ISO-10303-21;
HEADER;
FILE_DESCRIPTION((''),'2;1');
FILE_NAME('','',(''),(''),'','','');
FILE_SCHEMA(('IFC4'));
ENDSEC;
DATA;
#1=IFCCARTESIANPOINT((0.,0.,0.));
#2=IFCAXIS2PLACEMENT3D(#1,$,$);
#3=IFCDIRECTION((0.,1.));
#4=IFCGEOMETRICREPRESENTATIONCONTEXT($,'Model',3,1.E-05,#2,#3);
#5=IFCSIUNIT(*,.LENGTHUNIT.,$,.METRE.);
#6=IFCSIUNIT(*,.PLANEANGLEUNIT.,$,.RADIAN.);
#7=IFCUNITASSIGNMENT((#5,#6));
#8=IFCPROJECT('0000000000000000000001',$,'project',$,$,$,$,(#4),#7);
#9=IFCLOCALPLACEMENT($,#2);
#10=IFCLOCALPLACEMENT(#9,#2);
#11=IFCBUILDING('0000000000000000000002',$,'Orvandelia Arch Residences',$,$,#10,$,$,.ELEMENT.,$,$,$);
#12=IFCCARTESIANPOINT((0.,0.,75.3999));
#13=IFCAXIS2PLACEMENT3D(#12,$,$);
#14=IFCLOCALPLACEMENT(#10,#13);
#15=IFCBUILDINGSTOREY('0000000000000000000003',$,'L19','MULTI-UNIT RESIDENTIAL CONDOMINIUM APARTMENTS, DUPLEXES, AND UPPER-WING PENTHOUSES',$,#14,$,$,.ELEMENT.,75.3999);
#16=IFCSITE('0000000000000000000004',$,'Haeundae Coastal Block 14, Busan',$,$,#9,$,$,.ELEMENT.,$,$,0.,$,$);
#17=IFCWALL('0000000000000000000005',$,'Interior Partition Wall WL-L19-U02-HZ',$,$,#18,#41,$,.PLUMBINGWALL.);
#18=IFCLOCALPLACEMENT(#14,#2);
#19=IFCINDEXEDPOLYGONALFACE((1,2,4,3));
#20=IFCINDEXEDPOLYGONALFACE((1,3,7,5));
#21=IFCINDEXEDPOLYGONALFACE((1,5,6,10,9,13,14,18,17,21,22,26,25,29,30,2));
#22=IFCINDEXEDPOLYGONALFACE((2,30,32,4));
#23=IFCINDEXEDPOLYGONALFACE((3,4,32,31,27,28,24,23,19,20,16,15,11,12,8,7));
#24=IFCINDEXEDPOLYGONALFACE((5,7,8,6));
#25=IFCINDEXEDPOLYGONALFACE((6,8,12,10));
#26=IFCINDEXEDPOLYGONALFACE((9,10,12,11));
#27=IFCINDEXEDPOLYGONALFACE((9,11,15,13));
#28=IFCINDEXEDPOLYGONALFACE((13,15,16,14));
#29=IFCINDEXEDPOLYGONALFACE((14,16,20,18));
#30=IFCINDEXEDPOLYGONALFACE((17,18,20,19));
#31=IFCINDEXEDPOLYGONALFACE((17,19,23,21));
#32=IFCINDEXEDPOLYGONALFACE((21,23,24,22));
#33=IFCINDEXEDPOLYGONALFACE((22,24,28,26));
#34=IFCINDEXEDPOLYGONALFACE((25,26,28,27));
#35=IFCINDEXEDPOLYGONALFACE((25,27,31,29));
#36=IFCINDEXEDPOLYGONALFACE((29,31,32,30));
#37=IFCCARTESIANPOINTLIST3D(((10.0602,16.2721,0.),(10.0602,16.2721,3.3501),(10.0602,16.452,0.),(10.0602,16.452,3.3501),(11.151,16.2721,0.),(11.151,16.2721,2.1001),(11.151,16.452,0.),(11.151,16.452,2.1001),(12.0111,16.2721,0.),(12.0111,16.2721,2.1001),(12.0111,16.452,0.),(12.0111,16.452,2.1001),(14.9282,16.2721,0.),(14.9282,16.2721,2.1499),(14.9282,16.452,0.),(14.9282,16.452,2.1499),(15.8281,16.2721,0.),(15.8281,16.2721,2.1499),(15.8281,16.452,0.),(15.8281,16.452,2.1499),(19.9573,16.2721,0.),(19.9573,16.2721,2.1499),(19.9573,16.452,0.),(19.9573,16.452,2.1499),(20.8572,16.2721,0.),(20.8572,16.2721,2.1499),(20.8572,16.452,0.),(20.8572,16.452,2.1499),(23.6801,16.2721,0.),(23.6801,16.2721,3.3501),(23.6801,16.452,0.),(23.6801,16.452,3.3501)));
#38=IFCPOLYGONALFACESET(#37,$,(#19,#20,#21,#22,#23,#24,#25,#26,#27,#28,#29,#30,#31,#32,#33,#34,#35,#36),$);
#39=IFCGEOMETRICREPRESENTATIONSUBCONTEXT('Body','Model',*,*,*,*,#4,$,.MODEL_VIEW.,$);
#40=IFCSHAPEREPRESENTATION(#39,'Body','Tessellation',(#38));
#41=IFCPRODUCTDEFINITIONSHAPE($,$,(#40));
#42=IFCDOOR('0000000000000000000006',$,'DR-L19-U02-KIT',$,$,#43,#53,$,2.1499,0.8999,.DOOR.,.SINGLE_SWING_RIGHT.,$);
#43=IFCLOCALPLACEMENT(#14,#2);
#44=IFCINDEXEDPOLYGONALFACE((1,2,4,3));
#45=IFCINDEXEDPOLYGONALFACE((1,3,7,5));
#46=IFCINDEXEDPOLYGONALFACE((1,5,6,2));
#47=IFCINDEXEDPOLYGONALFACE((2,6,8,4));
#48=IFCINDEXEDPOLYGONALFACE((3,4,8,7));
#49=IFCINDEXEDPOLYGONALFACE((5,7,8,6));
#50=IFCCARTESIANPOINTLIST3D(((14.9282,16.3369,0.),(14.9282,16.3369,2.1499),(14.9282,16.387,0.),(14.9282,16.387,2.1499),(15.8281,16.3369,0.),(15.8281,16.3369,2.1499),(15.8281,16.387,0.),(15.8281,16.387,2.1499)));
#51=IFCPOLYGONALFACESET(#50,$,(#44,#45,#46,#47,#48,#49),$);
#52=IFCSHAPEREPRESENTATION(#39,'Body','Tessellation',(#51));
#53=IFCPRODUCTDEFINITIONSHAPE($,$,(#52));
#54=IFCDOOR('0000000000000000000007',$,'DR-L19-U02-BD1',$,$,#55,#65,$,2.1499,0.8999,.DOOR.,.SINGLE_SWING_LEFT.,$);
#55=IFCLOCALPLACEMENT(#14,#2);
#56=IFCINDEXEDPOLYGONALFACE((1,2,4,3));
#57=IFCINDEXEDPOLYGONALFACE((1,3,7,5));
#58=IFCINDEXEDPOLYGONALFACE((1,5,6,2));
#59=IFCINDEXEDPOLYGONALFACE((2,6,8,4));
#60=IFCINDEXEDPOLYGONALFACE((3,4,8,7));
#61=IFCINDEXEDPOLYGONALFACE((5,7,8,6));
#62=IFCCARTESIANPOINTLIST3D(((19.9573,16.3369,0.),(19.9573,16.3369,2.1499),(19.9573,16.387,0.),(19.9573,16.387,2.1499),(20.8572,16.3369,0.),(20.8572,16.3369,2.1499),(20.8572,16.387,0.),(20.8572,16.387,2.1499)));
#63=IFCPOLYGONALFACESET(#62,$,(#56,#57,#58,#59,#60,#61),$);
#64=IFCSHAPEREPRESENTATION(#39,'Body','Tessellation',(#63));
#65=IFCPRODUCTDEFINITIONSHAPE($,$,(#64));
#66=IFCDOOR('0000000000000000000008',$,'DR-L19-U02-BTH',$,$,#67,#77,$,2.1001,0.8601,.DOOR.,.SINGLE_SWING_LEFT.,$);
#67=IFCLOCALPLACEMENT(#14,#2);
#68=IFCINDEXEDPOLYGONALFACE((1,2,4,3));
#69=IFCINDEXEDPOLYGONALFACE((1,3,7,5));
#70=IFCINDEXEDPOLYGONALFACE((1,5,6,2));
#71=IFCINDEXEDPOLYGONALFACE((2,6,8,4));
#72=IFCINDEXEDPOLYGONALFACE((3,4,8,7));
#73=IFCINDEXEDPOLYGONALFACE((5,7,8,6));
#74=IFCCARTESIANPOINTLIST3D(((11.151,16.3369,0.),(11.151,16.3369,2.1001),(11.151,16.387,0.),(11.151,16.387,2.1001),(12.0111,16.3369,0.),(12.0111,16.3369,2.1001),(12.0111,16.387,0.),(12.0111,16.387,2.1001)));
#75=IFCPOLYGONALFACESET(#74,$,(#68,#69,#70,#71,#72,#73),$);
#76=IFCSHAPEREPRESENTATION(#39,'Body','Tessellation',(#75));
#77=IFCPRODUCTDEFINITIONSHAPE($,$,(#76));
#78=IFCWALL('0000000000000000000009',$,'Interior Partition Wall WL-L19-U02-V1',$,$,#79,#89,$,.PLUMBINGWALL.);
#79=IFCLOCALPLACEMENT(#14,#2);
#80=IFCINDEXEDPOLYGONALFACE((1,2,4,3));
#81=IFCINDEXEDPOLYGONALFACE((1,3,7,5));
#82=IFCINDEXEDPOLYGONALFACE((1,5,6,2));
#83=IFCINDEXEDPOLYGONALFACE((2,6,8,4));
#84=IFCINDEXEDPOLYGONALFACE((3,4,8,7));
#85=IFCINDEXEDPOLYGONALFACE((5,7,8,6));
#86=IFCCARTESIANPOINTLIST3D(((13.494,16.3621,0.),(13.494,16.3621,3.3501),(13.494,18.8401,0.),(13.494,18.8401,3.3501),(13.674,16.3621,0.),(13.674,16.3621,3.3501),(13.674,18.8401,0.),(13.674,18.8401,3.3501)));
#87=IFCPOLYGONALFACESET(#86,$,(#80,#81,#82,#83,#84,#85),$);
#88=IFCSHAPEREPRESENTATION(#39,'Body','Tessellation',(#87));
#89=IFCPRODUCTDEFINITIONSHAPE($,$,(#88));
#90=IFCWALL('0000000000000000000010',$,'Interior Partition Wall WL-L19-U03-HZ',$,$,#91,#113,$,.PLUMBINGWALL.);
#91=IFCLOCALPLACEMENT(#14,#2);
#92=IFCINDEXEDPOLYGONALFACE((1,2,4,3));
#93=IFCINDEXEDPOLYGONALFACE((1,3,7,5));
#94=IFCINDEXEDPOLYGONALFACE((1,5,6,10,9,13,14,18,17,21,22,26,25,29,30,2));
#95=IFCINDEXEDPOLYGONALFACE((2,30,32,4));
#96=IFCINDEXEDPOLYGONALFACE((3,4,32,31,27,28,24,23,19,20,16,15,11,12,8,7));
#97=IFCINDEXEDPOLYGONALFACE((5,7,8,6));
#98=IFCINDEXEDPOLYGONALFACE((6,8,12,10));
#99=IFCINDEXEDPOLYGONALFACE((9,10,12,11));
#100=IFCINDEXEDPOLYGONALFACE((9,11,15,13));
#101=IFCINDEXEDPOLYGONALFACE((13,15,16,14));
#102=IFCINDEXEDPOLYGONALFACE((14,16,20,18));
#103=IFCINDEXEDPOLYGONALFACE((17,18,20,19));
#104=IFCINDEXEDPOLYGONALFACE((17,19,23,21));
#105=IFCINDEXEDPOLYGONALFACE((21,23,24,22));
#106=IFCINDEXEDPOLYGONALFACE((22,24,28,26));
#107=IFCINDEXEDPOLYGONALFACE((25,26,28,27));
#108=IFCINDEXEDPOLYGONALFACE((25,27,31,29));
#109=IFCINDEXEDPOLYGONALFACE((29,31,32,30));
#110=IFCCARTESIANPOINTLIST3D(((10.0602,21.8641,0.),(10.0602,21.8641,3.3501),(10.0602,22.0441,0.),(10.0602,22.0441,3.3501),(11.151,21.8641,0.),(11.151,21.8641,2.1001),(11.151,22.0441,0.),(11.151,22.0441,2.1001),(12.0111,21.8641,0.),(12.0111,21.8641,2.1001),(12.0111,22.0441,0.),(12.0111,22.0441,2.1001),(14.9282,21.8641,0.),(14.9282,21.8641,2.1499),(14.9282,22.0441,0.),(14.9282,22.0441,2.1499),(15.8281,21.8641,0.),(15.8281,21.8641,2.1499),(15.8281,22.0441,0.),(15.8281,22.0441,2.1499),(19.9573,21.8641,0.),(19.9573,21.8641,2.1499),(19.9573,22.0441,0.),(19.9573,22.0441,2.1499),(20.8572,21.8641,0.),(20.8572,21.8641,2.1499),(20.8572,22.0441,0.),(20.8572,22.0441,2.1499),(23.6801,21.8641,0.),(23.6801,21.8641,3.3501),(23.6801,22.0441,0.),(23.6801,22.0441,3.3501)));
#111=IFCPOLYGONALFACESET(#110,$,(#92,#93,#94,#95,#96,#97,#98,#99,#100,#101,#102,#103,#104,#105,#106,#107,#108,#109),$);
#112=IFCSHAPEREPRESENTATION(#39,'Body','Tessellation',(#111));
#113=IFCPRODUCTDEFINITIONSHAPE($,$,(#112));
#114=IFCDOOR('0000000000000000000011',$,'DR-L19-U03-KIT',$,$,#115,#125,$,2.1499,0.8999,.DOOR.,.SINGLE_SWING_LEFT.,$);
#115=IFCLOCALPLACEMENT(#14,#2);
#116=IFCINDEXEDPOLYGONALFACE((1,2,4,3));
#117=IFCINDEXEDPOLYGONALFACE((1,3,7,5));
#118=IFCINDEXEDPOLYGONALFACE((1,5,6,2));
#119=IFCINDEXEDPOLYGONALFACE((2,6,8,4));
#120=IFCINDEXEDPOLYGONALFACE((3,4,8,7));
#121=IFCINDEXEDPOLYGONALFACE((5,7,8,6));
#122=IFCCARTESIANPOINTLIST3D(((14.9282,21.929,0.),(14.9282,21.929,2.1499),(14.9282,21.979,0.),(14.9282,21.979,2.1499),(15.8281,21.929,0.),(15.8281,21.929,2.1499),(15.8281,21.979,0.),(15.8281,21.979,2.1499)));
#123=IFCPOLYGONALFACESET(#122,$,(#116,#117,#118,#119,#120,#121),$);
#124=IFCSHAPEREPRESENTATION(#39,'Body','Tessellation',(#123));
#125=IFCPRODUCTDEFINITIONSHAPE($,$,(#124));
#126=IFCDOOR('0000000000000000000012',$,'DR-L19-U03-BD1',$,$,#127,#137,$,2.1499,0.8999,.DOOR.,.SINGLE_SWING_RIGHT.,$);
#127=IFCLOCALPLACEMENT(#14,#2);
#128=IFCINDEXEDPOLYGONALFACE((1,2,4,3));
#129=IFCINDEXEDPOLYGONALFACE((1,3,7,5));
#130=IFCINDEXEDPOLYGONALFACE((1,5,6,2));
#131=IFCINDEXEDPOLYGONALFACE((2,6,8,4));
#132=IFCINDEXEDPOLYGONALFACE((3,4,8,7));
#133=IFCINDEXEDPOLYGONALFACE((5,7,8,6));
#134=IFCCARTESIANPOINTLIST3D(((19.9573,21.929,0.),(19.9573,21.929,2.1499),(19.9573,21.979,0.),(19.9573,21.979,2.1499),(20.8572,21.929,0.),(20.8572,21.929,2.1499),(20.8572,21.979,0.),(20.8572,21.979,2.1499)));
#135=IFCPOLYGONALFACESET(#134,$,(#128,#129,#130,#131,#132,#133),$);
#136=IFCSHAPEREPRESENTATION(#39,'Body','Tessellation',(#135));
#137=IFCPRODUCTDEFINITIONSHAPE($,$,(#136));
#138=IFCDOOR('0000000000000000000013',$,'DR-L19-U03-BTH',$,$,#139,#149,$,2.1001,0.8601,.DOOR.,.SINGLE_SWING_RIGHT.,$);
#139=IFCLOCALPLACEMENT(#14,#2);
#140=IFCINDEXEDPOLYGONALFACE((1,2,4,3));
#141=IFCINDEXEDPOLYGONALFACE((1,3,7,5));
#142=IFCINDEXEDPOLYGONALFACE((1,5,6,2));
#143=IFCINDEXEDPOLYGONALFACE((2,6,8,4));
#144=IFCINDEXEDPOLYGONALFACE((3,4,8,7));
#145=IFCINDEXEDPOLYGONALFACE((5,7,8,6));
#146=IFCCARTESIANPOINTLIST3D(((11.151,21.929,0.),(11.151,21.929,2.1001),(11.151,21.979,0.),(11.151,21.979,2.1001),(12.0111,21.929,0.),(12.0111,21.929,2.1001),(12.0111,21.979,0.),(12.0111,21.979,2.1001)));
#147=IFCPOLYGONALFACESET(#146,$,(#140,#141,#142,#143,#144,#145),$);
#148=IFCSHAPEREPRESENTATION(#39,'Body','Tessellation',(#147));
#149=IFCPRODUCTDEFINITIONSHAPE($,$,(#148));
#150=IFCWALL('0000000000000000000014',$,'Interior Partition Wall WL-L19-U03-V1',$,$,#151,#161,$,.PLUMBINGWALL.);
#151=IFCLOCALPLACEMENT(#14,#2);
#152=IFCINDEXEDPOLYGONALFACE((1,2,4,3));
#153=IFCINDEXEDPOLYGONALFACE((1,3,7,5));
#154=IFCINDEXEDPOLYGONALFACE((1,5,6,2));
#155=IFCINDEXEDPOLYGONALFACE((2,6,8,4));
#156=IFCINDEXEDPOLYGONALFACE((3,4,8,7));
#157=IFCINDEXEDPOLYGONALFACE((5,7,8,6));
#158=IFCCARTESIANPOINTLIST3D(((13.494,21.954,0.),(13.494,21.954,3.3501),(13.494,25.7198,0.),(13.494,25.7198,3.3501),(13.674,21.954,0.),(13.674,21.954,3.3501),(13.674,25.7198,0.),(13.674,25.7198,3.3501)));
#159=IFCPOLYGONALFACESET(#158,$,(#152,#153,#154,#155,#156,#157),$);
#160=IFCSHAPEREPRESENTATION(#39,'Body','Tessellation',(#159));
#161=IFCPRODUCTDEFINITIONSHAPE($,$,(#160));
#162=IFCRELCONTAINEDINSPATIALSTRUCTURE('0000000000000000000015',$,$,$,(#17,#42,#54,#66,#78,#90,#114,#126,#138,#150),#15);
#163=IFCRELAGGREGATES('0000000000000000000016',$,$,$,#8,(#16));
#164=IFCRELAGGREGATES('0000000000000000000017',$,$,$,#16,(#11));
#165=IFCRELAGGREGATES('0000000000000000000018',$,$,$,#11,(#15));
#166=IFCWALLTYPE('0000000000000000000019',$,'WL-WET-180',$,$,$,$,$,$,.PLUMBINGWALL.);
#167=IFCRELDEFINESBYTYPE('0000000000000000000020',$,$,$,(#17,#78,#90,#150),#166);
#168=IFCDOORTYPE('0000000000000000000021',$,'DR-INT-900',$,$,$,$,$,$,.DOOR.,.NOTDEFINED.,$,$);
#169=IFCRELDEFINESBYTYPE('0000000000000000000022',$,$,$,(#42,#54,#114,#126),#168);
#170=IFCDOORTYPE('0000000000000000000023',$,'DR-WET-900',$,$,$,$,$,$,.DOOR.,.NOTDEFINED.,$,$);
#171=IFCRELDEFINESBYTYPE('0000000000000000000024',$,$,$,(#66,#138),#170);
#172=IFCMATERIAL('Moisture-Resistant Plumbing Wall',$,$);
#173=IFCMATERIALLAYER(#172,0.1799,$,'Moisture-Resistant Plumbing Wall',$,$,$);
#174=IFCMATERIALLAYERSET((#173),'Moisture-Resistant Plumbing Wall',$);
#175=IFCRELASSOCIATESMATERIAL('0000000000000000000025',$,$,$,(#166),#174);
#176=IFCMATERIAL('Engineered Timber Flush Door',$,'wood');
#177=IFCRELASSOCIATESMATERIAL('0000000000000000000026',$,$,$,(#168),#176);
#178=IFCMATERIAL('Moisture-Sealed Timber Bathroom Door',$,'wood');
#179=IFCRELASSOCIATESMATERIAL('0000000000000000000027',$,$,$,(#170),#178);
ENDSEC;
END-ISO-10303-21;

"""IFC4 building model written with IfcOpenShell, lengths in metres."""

from ifc_helpers import new_model, si_unit, direction, frame, frame_2d, origin, place, context, subcontext, project, spatial, rectangle, extrude, material, layer, layer_set, type_object, element, fill, save


model = new_model("IFC4")

# Units and contexts
model_context = context("Model", 3, precision=1e-05, world=origin(), true_north=direction((0.0, 1.0)))
body_context = subcontext(model_context, "Body", "Model", "MODEL_VIEW")
ifc_project = project(units=[si_unit("LENGTHUNIT", "METRE"), si_unit("PLANEANGLEUNIT", "RADIAN")], contexts=[model_context])

# Site, building, storey
site_placement = place(None, origin())
site = spatial("IfcSite", under=ifc_project, at=site_placement, Name="Haeundae Coastal Block 14, Busan", CompositionType="ELEMENT", RefElevation=0.0)
building_placement = place(site_placement, origin())
building = spatial("IfcBuilding", under=site, at=building_placement, Name="Orvandelia Arch Residences", CompositionType="ELEMENT")
storey_placement = place(building_placement, frame((0.0, 0.0, 75.3999)))
storey = spatial("IfcBuildingStorey", under=building, at=storey_placement, Name="L19", Description="MULTI-UNIT RESIDENTIAL CONDOMINIUM APARTMENTS, DUPLEXES, AND UPPER-WING PENTHOUSES", CompositionType="ELEMENT", Elevation=75.3999)

# Wall, openings, doors
ifc_material_1 = material(Name="Moisture-Resistant Plumbing Wall")
ifc_layer_1 = layer(ifc_material_1, 0.1799, Name="Moisture-Resistant Plumbing Wall")
ifc_layer_set_1 = layer_set([ifc_layer_1], Name="Moisture-Resistant Plumbing Wall")
wall_type_1 = type_object("IfcWallType", Name="WL-WET-180", PredefinedType="PLUMBINGWALL", material=ifc_layer_set_1)
wall_1_placement = place(storey_placement, frame((10.0601, 16.3621, 0.0), z_axis=(0.0, 0.0, 1.0), x_axis=(1.0, 0.0, 0.0)))
wall_1 = element("IfcWall", 1, at=wall_1_placement, inside=storey, type_object=wall_type_1, Name="Interior Partition Wall WL-L19-U02-HZ", PredefinedType="PLUMBINGWALL", context=body_context, shape_type="SweptSolid", body=[
    extrude(rectangle(XDim=13.6199, YDim=0.1799, at=frame_2d((6.8101, 0.0))), origin(), (0.0, 0.0, 1.0), 3.3501),
])
opening_1_placement = place(wall_1_placement, frame((1.0908, 0.0, 0.0)))
opening_1 = element("IfcOpeningElement", 2, at=opening_1_placement, cuts=wall_1, PredefinedType="OPENING", context=body_context, shape_type="SweptSolid", body=[
    extrude(rectangle(XDim=0.8601, YDim=2.1001, at=frame_2d((0.4302, 1.05))), frame((0.0, 0.1001, 0.0), z_axis=(0.0, -1.0, 0.0), x_axis=(1.0, 0.0, 0.0)), (0.0, 0.0, 1.0), 0.2),
])
opening_2_placement = place(wall_1_placement, frame((4.8682, 0.0, 0.0)))
opening_2 = element("IfcOpeningElement", 3, at=opening_2_placement, cuts=wall_1, PredefinedType="OPENING", context=body_context, shape_type="SweptSolid", body=[
    extrude(rectangle(XDim=0.8999, YDim=2.1499, at=frame_2d((0.45, 1.075))), frame((0.0, 0.1001, 0.0), z_axis=(0.0, -1.0, 0.0), x_axis=(1.0, 0.0, 0.0)), (0.0, 0.0, 1.0), 0.2),
])
opening_3_placement = place(wall_1_placement, frame((9.8972, 0.0, 0.0)))
opening_3 = element("IfcOpeningElement", 4, at=opening_3_placement, cuts=wall_1, PredefinedType="OPENING", context=body_context, shape_type="SweptSolid", body=[
    extrude(rectangle(XDim=0.8999, YDim=2.1499, at=frame_2d((0.45, 1.075))), frame((0.0, 0.1001, 0.0), z_axis=(0.0, -1.0, 0.0), x_axis=(1.0, 0.0, 0.0)), (0.0, 0.0, 1.0), 0.2),
])
ifc_material_2 = material(Name="Engineered Timber Flush Door", Category="wood")
door_type_1 = type_object("IfcDoorType", Name="DR-INT-900", OperationType="NOTDEFINED", PredefinedType="DOOR", material=ifc_material_2)
door_1_placement = place(opening_2_placement, origin())
door_1 = element("IfcDoor", 5, at=door_1_placement, inside=storey, type_object=door_type_1, Name="DR-L19-U02-KIT", OperationType="SINGLE_SWING_RIGHT", OverallHeight=2.1499, OverallWidth=0.8999, PredefinedType="DOOR", context=body_context, shape_type="SweptSolid", body=[
    extrude(rectangle(XDim=0.8999, YDim=2.1499, at=frame_2d((0.45, 1.075))), frame((0.0, 0.0249, 0.0), z_axis=(0.0, -1.0, 0.0), x_axis=(1.0, 0.0, 0.0)), (0.0, 0.0, 1.0), 0.05),
])
fill(opening_2, door_1)
door_2_placement = place(opening_3_placement, origin())
door_2 = element("IfcDoor", 6, at=door_2_placement, inside=storey, type_object=door_type_1, Name="DR-L19-U02-BD1", OperationType="SINGLE_SWING_LEFT", OverallHeight=2.1499, OverallWidth=0.8999, PredefinedType="DOOR", context=body_context, shape_type="SweptSolid", body=[
    extrude(rectangle(XDim=0.8999, YDim=2.1499, at=frame_2d((0.45, 1.075))), frame((0.0, 0.0249, 0.0), z_axis=(0.0, -1.0, 0.0), x_axis=(1.0, 0.0, 0.0)), (0.0, 0.0, 1.0), 0.05),
])
fill(opening_3, door_2)
ifc_material_3 = material(Name="Moisture-Sealed Timber Bathroom Door", Category="wood")
door_type_2 = type_object("IfcDoorType", Name="DR-WET-900", OperationType="NOTDEFINED", PredefinedType="DOOR", material=ifc_material_3)
door_3_placement = place(opening_1_placement, origin())
door_3 = element("IfcDoor", 7, at=door_3_placement, inside=storey, type_object=door_type_2, Name="DR-L19-U02-BTH", OperationType="SINGLE_SWING_LEFT", OverallHeight=2.1001, OverallWidth=0.8601, PredefinedType="DOOR", context=body_context, shape_type="SweptSolid", body=[
    extrude(rectangle(XDim=0.8601, YDim=2.1001, at=frame_2d((0.4302, 1.05))), frame((0.0, 0.0249, 0.0), z_axis=(0.0, -1.0, 0.0), x_axis=(1.0, 0.0, 0.0)), (0.0, 0.0, 1.0), 0.05),
])
fill(opening_1, door_3)

# Wall
wall_2_placement = place(storey_placement, frame((13.584, 16.3621, 0.0), z_axis=(0.0, 0.0, 1.0), x_axis=(0.0, 1.0, 0.0)))
element("IfcWall", 8, at=wall_2_placement, inside=storey, type_object=wall_type_1, Name="Interior Partition Wall WL-L19-U02-V1", PredefinedType="PLUMBINGWALL", context=body_context, shape_type="SweptSolid", body=[
    extrude(rectangle(XDim=2.478, YDim=0.1799, at=frame_2d((1.239, 0.0))), origin(), (0.0, 0.0, 1.0), 3.3501),
])

# Wall, openings, doors
wall_3_placement = place(storey_placement, frame((10.0601, 21.9541, 0.0), z_axis=(0.0, 0.0, 1.0), x_axis=(1.0, 0.0, 0.0)))
wall_3 = element("IfcWall", 9, at=wall_3_placement, inside=storey, type_object=wall_type_1, Name="Interior Partition Wall WL-L19-U03-HZ", PredefinedType="PLUMBINGWALL", context=body_context, shape_type="SweptSolid", body=[
    extrude(rectangle(XDim=13.6199, YDim=0.1799, at=frame_2d((6.8101, 0.0))), origin(), (0.0, 0.0, 1.0), 3.3501),
])
opening_4_placement = place(wall_3_placement, frame((1.0908, 0.0, 0.0)))
opening_4 = element("IfcOpeningElement", 10, at=opening_4_placement, cuts=wall_3, PredefinedType="OPENING", context=body_context, shape_type="SweptSolid", body=[
    extrude(rectangle(XDim=0.8601, YDim=2.1001, at=frame_2d((0.4302, 1.05))), frame((0.0, 0.1001, 0.0), z_axis=(0.0, -1.0, 0.0), x_axis=(1.0, 0.0, 0.0)), (0.0, 0.0, 1.0), 0.2),
])
opening_5_placement = place(wall_3_placement, frame((4.8682, 0.0, 0.0)))
opening_5 = element("IfcOpeningElement", 11, at=opening_5_placement, cuts=wall_3, PredefinedType="OPENING", context=body_context, shape_type="SweptSolid", body=[
    extrude(rectangle(XDim=0.8999, YDim=2.1499, at=frame_2d((0.45, 1.075))), frame((0.0, 0.1001, 0.0), z_axis=(0.0, -1.0, 0.0), x_axis=(1.0, 0.0, 0.0)), (0.0, 0.0, 1.0), 0.2),
])
opening_6_placement = place(wall_3_placement, frame((9.8972, 0.0, 0.0)))
opening_6 = element("IfcOpeningElement", 12, at=opening_6_placement, cuts=wall_3, PredefinedType="OPENING", context=body_context, shape_type="SweptSolid", body=[
    extrude(rectangle(XDim=0.8999, YDim=2.1499, at=frame_2d((0.45, 1.075))), frame((0.0, 0.1001, 0.0), z_axis=(0.0, -1.0, 0.0), x_axis=(1.0, 0.0, 0.0)), (0.0, 0.0, 1.0), 0.2),
])
door_4_placement = place(opening_5_placement, origin())
door_4 = element("IfcDoor", 13, at=door_4_placement, inside=storey, type_object=door_type_1, Name="DR-L19-U03-KIT", OperationType="SINGLE_SWING_LEFT", OverallHeight=2.1499, OverallWidth=0.8999, PredefinedType="DOOR", context=body_context, shape_type="SweptSolid", body=[
    extrude(rectangle(XDim=0.8999, YDim=2.1499, at=frame_2d((0.45, 1.075))), frame((0.0, 0.0249, 0.0), z_axis=(0.0, -1.0, 0.0), x_axis=(1.0, 0.0, 0.0)), (0.0, 0.0, 1.0), 0.05),
])
fill(opening_5, door_4)
door_5_placement = place(opening_6_placement, origin())
door_5 = element("IfcDoor", 14, at=door_5_placement, inside=storey, type_object=door_type_1, Name="DR-L19-U03-BD1", OperationType="SINGLE_SWING_RIGHT", OverallHeight=2.1499, OverallWidth=0.8999, PredefinedType="DOOR", context=body_context, shape_type="SweptSolid", body=[
    extrude(rectangle(XDim=0.8999, YDim=2.1499, at=frame_2d((0.45, 1.075))), frame((0.0, 0.0249, 0.0), z_axis=(0.0, -1.0, 0.0), x_axis=(1.0, 0.0, 0.0)), (0.0, 0.0, 1.0), 0.05),
])
fill(opening_6, door_5)
door_6_placement = place(opening_4_placement, origin())
door_6 = element("IfcDoor", 15, at=door_6_placement, inside=storey, type_object=door_type_2, Name="DR-L19-U03-BTH", OperationType="SINGLE_SWING_RIGHT", OverallHeight=2.1001, OverallWidth=0.8601, PredefinedType="DOOR", context=body_context, shape_type="SweptSolid", body=[
    extrude(rectangle(XDim=0.8601, YDim=2.1001, at=frame_2d((0.4302, 1.05))), frame((0.0, 0.0249, 0.0), z_axis=(0.0, -1.0, 0.0), x_axis=(1.0, 0.0, 0.0)), (0.0, 0.0, 1.0), 0.05),
])
fill(opening_4, door_6)

# Wall
wall_4_placement = place(storey_placement, frame((13.584, 21.9541, 0.0), z_axis=(0.0, 0.0, 1.0), x_axis=(0.0, 1.0, 0.0)))
element("IfcWall", 16, at=wall_4_placement, inside=storey, type_object=wall_type_1, Name="Interior Partition Wall WL-L19-U03-V1", PredefinedType="PLUMBINGWALL", context=body_context, shape_type="SweptSolid", body=[
    extrude(rectangle(XDim=3.7659, YDim=0.1799, at=frame_2d((1.8828, 0.0))), origin(), (0.0, 0.0, 1.0), 3.3501),
])

save(model, "model.ifc")
